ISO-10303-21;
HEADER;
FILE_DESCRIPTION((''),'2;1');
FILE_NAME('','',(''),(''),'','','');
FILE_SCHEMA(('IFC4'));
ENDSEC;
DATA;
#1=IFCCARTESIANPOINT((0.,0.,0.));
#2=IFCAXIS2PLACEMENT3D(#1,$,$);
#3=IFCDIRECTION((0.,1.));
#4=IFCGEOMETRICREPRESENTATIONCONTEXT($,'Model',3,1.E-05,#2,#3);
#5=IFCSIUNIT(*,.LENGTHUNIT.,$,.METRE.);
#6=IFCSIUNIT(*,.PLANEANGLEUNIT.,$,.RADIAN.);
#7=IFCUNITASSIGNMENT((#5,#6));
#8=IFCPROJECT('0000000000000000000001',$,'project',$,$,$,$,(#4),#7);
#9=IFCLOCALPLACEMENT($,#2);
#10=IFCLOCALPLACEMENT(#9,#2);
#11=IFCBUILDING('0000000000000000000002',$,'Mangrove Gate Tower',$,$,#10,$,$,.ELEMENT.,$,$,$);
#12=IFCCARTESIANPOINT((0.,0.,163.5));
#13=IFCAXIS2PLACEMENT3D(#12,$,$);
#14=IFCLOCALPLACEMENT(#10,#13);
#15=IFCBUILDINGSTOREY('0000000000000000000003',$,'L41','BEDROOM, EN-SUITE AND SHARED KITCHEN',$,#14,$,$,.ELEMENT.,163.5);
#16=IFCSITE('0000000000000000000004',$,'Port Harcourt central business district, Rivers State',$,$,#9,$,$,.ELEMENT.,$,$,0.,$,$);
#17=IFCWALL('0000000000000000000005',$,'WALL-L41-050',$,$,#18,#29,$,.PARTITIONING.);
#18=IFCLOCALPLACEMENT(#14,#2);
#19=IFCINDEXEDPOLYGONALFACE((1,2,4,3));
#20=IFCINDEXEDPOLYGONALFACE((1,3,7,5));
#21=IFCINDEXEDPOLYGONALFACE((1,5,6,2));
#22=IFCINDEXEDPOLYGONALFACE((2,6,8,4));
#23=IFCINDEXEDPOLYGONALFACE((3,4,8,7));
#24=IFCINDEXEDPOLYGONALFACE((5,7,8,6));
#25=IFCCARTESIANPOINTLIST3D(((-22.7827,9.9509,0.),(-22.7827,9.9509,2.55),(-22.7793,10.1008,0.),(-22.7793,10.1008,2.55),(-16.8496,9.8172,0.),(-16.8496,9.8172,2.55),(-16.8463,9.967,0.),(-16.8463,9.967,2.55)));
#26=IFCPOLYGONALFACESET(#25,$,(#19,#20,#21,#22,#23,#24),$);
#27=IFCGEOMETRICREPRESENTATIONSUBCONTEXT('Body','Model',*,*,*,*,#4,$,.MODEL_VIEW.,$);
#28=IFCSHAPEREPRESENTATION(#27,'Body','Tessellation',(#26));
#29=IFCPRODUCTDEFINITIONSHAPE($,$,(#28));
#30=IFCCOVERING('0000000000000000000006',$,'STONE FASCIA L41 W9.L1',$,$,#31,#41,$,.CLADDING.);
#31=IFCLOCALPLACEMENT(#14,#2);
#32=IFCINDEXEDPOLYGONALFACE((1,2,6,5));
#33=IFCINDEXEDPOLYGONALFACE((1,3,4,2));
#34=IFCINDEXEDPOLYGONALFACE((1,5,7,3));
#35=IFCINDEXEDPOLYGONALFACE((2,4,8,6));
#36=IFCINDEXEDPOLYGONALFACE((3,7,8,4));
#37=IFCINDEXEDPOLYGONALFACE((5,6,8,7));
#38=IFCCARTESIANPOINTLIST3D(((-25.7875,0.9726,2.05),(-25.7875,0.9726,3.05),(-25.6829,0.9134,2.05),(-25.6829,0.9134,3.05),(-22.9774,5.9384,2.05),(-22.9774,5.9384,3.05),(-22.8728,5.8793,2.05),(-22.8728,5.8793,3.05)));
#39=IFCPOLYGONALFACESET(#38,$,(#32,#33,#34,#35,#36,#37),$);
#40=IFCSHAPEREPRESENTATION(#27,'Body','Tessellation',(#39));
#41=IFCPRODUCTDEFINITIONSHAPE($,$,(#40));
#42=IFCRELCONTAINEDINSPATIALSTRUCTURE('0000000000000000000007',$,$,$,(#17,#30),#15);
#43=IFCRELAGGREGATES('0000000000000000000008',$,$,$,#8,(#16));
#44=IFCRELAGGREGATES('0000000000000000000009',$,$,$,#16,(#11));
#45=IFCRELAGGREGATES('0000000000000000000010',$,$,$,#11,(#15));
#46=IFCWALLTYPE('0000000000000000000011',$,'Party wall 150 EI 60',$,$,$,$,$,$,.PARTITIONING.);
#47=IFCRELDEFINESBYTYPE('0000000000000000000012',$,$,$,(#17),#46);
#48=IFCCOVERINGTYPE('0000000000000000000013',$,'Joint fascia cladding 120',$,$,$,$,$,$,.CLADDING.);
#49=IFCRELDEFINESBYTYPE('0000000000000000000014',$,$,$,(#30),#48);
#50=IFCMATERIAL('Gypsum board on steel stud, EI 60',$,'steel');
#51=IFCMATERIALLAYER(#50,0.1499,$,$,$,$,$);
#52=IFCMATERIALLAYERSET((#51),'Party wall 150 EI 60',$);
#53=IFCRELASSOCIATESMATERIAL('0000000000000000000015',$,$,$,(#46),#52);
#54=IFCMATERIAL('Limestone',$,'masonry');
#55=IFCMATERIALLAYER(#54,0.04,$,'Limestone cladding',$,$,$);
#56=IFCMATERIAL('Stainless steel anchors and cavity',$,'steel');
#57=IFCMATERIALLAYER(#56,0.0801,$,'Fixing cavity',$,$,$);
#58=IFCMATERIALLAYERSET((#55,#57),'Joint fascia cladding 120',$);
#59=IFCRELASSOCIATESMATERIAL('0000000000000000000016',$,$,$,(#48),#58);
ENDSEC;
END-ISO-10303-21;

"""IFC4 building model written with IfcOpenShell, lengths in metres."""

from ifc_helpers import new_model, si_unit, direction, frame, frame_2d, origin, place, context, subcontext, project, spatial, rectangle, extrude, material, layer, layer_set, type_object, element, save


model = new_model("IFC4")

# Units and contexts
model_context = context("Model", 3, precision=1e-05, world=origin(), true_north=direction((0.0, 1.0)))
body_context = subcontext(model_context, "Body", "Model", "MODEL_VIEW")
ifc_project = project(units=[si_unit("LENGTHUNIT", "METRE"), si_unit("PLANEANGLEUNIT", "RADIAN")], contexts=[model_context])

# Site, building, storey
site_placement = place(None, origin())
site = spatial("IfcSite", under=ifc_project, at=site_placement, Name="Port Harcourt central business district, Rivers State", CompositionType="ELEMENT", RefElevation=0.0)
building_placement = place(site_placement, origin())
building = spatial("IfcBuilding", under=site, at=building_placement, Name="Mangrove Gate Tower", CompositionType="ELEMENT")
storey_placement = place(building_placement, frame((0.0, 0.0, 163.5)))
storey = spatial("IfcBuildingStorey", under=building, at=storey_placement, Name="L41", Description="BEDROOM, EN-SUITE AND SHARED KITCHEN", CompositionType="ELEMENT", Elevation=163.5)

# Shared definitions
ifc_material_1 = material(Name="Limestone", Category="masonry")

# Wall
ifc_material_2 = material(Name="Gypsum board on steel stud, EI 60", Category="steel")
ifc_layer_1 = layer(ifc_material_2, 0.1499)
ifc_layer_set_1 = layer_set([ifc_layer_1], Name="Party wall 150 EI 60")
wall_type_1 = type_object("IfcWallType", Name="Party wall 150 EI 60", PredefinedType="PARTITIONING", material=ifc_layer_set_1)
wall_1_placement = place(storey_placement, frame((-22.781, 10.0259, 0.0), z_axis=(0.0, 0.0, 1.0), x_axis=(0.999746, -0.022544, 0.0)))
element("IfcWall", 1, at=wall_1_placement, inside=storey, type_object=wall_type_1, Name="WALL-L41-050", PredefinedType="PARTITIONING", context=body_context, shape_type="SweptSolid", body=[
    extrude(rectangle(XDim=5.9346, YDim=0.1499, at=frame_2d((2.9673, 0.0))), origin(), (0.0, 0.0, 1.0), 2.55),
])

# Covering
ifc_layer_2 = layer(ifc_material_1, 0.04, Name="Limestone cladding")
ifc_material_3 = material(Name="Stainless steel anchors and cavity", Category="steel")
ifc_layer_3 = layer(ifc_material_3, 0.0801, Name="Fixing cavity")
ifc_layer_set_2 = layer_set([ifc_layer_2, ifc_layer_3], Name="Joint fascia cladding 120")
covering_type = type_object("IfcCoveringType", Name="Joint fascia cladding 120", PredefinedType="CLADDING", material=ifc_layer_set_2)
covering_placement = place(storey_placement, frame((-22.925, 5.9089, 2.05), z_axis=(0.0, 0.0, 1.0), x_axis=(-0.492494, -0.870316, 0.0)))
element("IfcCovering", 2, at=covering_placement, inside=storey, type_object=covering_type, Name="STONE FASCIA L41 W9.L1", PredefinedType="CLADDING", context=body_context, shape_type="SweptSolid", body=[
    extrude(rectangle(XDim=5.7058, YDim=0.1201, at=frame_2d((2.853, 0.0))), origin(), (0.0, 0.0, 1.0), 1.0),
])

save(model, "model.ifc")
